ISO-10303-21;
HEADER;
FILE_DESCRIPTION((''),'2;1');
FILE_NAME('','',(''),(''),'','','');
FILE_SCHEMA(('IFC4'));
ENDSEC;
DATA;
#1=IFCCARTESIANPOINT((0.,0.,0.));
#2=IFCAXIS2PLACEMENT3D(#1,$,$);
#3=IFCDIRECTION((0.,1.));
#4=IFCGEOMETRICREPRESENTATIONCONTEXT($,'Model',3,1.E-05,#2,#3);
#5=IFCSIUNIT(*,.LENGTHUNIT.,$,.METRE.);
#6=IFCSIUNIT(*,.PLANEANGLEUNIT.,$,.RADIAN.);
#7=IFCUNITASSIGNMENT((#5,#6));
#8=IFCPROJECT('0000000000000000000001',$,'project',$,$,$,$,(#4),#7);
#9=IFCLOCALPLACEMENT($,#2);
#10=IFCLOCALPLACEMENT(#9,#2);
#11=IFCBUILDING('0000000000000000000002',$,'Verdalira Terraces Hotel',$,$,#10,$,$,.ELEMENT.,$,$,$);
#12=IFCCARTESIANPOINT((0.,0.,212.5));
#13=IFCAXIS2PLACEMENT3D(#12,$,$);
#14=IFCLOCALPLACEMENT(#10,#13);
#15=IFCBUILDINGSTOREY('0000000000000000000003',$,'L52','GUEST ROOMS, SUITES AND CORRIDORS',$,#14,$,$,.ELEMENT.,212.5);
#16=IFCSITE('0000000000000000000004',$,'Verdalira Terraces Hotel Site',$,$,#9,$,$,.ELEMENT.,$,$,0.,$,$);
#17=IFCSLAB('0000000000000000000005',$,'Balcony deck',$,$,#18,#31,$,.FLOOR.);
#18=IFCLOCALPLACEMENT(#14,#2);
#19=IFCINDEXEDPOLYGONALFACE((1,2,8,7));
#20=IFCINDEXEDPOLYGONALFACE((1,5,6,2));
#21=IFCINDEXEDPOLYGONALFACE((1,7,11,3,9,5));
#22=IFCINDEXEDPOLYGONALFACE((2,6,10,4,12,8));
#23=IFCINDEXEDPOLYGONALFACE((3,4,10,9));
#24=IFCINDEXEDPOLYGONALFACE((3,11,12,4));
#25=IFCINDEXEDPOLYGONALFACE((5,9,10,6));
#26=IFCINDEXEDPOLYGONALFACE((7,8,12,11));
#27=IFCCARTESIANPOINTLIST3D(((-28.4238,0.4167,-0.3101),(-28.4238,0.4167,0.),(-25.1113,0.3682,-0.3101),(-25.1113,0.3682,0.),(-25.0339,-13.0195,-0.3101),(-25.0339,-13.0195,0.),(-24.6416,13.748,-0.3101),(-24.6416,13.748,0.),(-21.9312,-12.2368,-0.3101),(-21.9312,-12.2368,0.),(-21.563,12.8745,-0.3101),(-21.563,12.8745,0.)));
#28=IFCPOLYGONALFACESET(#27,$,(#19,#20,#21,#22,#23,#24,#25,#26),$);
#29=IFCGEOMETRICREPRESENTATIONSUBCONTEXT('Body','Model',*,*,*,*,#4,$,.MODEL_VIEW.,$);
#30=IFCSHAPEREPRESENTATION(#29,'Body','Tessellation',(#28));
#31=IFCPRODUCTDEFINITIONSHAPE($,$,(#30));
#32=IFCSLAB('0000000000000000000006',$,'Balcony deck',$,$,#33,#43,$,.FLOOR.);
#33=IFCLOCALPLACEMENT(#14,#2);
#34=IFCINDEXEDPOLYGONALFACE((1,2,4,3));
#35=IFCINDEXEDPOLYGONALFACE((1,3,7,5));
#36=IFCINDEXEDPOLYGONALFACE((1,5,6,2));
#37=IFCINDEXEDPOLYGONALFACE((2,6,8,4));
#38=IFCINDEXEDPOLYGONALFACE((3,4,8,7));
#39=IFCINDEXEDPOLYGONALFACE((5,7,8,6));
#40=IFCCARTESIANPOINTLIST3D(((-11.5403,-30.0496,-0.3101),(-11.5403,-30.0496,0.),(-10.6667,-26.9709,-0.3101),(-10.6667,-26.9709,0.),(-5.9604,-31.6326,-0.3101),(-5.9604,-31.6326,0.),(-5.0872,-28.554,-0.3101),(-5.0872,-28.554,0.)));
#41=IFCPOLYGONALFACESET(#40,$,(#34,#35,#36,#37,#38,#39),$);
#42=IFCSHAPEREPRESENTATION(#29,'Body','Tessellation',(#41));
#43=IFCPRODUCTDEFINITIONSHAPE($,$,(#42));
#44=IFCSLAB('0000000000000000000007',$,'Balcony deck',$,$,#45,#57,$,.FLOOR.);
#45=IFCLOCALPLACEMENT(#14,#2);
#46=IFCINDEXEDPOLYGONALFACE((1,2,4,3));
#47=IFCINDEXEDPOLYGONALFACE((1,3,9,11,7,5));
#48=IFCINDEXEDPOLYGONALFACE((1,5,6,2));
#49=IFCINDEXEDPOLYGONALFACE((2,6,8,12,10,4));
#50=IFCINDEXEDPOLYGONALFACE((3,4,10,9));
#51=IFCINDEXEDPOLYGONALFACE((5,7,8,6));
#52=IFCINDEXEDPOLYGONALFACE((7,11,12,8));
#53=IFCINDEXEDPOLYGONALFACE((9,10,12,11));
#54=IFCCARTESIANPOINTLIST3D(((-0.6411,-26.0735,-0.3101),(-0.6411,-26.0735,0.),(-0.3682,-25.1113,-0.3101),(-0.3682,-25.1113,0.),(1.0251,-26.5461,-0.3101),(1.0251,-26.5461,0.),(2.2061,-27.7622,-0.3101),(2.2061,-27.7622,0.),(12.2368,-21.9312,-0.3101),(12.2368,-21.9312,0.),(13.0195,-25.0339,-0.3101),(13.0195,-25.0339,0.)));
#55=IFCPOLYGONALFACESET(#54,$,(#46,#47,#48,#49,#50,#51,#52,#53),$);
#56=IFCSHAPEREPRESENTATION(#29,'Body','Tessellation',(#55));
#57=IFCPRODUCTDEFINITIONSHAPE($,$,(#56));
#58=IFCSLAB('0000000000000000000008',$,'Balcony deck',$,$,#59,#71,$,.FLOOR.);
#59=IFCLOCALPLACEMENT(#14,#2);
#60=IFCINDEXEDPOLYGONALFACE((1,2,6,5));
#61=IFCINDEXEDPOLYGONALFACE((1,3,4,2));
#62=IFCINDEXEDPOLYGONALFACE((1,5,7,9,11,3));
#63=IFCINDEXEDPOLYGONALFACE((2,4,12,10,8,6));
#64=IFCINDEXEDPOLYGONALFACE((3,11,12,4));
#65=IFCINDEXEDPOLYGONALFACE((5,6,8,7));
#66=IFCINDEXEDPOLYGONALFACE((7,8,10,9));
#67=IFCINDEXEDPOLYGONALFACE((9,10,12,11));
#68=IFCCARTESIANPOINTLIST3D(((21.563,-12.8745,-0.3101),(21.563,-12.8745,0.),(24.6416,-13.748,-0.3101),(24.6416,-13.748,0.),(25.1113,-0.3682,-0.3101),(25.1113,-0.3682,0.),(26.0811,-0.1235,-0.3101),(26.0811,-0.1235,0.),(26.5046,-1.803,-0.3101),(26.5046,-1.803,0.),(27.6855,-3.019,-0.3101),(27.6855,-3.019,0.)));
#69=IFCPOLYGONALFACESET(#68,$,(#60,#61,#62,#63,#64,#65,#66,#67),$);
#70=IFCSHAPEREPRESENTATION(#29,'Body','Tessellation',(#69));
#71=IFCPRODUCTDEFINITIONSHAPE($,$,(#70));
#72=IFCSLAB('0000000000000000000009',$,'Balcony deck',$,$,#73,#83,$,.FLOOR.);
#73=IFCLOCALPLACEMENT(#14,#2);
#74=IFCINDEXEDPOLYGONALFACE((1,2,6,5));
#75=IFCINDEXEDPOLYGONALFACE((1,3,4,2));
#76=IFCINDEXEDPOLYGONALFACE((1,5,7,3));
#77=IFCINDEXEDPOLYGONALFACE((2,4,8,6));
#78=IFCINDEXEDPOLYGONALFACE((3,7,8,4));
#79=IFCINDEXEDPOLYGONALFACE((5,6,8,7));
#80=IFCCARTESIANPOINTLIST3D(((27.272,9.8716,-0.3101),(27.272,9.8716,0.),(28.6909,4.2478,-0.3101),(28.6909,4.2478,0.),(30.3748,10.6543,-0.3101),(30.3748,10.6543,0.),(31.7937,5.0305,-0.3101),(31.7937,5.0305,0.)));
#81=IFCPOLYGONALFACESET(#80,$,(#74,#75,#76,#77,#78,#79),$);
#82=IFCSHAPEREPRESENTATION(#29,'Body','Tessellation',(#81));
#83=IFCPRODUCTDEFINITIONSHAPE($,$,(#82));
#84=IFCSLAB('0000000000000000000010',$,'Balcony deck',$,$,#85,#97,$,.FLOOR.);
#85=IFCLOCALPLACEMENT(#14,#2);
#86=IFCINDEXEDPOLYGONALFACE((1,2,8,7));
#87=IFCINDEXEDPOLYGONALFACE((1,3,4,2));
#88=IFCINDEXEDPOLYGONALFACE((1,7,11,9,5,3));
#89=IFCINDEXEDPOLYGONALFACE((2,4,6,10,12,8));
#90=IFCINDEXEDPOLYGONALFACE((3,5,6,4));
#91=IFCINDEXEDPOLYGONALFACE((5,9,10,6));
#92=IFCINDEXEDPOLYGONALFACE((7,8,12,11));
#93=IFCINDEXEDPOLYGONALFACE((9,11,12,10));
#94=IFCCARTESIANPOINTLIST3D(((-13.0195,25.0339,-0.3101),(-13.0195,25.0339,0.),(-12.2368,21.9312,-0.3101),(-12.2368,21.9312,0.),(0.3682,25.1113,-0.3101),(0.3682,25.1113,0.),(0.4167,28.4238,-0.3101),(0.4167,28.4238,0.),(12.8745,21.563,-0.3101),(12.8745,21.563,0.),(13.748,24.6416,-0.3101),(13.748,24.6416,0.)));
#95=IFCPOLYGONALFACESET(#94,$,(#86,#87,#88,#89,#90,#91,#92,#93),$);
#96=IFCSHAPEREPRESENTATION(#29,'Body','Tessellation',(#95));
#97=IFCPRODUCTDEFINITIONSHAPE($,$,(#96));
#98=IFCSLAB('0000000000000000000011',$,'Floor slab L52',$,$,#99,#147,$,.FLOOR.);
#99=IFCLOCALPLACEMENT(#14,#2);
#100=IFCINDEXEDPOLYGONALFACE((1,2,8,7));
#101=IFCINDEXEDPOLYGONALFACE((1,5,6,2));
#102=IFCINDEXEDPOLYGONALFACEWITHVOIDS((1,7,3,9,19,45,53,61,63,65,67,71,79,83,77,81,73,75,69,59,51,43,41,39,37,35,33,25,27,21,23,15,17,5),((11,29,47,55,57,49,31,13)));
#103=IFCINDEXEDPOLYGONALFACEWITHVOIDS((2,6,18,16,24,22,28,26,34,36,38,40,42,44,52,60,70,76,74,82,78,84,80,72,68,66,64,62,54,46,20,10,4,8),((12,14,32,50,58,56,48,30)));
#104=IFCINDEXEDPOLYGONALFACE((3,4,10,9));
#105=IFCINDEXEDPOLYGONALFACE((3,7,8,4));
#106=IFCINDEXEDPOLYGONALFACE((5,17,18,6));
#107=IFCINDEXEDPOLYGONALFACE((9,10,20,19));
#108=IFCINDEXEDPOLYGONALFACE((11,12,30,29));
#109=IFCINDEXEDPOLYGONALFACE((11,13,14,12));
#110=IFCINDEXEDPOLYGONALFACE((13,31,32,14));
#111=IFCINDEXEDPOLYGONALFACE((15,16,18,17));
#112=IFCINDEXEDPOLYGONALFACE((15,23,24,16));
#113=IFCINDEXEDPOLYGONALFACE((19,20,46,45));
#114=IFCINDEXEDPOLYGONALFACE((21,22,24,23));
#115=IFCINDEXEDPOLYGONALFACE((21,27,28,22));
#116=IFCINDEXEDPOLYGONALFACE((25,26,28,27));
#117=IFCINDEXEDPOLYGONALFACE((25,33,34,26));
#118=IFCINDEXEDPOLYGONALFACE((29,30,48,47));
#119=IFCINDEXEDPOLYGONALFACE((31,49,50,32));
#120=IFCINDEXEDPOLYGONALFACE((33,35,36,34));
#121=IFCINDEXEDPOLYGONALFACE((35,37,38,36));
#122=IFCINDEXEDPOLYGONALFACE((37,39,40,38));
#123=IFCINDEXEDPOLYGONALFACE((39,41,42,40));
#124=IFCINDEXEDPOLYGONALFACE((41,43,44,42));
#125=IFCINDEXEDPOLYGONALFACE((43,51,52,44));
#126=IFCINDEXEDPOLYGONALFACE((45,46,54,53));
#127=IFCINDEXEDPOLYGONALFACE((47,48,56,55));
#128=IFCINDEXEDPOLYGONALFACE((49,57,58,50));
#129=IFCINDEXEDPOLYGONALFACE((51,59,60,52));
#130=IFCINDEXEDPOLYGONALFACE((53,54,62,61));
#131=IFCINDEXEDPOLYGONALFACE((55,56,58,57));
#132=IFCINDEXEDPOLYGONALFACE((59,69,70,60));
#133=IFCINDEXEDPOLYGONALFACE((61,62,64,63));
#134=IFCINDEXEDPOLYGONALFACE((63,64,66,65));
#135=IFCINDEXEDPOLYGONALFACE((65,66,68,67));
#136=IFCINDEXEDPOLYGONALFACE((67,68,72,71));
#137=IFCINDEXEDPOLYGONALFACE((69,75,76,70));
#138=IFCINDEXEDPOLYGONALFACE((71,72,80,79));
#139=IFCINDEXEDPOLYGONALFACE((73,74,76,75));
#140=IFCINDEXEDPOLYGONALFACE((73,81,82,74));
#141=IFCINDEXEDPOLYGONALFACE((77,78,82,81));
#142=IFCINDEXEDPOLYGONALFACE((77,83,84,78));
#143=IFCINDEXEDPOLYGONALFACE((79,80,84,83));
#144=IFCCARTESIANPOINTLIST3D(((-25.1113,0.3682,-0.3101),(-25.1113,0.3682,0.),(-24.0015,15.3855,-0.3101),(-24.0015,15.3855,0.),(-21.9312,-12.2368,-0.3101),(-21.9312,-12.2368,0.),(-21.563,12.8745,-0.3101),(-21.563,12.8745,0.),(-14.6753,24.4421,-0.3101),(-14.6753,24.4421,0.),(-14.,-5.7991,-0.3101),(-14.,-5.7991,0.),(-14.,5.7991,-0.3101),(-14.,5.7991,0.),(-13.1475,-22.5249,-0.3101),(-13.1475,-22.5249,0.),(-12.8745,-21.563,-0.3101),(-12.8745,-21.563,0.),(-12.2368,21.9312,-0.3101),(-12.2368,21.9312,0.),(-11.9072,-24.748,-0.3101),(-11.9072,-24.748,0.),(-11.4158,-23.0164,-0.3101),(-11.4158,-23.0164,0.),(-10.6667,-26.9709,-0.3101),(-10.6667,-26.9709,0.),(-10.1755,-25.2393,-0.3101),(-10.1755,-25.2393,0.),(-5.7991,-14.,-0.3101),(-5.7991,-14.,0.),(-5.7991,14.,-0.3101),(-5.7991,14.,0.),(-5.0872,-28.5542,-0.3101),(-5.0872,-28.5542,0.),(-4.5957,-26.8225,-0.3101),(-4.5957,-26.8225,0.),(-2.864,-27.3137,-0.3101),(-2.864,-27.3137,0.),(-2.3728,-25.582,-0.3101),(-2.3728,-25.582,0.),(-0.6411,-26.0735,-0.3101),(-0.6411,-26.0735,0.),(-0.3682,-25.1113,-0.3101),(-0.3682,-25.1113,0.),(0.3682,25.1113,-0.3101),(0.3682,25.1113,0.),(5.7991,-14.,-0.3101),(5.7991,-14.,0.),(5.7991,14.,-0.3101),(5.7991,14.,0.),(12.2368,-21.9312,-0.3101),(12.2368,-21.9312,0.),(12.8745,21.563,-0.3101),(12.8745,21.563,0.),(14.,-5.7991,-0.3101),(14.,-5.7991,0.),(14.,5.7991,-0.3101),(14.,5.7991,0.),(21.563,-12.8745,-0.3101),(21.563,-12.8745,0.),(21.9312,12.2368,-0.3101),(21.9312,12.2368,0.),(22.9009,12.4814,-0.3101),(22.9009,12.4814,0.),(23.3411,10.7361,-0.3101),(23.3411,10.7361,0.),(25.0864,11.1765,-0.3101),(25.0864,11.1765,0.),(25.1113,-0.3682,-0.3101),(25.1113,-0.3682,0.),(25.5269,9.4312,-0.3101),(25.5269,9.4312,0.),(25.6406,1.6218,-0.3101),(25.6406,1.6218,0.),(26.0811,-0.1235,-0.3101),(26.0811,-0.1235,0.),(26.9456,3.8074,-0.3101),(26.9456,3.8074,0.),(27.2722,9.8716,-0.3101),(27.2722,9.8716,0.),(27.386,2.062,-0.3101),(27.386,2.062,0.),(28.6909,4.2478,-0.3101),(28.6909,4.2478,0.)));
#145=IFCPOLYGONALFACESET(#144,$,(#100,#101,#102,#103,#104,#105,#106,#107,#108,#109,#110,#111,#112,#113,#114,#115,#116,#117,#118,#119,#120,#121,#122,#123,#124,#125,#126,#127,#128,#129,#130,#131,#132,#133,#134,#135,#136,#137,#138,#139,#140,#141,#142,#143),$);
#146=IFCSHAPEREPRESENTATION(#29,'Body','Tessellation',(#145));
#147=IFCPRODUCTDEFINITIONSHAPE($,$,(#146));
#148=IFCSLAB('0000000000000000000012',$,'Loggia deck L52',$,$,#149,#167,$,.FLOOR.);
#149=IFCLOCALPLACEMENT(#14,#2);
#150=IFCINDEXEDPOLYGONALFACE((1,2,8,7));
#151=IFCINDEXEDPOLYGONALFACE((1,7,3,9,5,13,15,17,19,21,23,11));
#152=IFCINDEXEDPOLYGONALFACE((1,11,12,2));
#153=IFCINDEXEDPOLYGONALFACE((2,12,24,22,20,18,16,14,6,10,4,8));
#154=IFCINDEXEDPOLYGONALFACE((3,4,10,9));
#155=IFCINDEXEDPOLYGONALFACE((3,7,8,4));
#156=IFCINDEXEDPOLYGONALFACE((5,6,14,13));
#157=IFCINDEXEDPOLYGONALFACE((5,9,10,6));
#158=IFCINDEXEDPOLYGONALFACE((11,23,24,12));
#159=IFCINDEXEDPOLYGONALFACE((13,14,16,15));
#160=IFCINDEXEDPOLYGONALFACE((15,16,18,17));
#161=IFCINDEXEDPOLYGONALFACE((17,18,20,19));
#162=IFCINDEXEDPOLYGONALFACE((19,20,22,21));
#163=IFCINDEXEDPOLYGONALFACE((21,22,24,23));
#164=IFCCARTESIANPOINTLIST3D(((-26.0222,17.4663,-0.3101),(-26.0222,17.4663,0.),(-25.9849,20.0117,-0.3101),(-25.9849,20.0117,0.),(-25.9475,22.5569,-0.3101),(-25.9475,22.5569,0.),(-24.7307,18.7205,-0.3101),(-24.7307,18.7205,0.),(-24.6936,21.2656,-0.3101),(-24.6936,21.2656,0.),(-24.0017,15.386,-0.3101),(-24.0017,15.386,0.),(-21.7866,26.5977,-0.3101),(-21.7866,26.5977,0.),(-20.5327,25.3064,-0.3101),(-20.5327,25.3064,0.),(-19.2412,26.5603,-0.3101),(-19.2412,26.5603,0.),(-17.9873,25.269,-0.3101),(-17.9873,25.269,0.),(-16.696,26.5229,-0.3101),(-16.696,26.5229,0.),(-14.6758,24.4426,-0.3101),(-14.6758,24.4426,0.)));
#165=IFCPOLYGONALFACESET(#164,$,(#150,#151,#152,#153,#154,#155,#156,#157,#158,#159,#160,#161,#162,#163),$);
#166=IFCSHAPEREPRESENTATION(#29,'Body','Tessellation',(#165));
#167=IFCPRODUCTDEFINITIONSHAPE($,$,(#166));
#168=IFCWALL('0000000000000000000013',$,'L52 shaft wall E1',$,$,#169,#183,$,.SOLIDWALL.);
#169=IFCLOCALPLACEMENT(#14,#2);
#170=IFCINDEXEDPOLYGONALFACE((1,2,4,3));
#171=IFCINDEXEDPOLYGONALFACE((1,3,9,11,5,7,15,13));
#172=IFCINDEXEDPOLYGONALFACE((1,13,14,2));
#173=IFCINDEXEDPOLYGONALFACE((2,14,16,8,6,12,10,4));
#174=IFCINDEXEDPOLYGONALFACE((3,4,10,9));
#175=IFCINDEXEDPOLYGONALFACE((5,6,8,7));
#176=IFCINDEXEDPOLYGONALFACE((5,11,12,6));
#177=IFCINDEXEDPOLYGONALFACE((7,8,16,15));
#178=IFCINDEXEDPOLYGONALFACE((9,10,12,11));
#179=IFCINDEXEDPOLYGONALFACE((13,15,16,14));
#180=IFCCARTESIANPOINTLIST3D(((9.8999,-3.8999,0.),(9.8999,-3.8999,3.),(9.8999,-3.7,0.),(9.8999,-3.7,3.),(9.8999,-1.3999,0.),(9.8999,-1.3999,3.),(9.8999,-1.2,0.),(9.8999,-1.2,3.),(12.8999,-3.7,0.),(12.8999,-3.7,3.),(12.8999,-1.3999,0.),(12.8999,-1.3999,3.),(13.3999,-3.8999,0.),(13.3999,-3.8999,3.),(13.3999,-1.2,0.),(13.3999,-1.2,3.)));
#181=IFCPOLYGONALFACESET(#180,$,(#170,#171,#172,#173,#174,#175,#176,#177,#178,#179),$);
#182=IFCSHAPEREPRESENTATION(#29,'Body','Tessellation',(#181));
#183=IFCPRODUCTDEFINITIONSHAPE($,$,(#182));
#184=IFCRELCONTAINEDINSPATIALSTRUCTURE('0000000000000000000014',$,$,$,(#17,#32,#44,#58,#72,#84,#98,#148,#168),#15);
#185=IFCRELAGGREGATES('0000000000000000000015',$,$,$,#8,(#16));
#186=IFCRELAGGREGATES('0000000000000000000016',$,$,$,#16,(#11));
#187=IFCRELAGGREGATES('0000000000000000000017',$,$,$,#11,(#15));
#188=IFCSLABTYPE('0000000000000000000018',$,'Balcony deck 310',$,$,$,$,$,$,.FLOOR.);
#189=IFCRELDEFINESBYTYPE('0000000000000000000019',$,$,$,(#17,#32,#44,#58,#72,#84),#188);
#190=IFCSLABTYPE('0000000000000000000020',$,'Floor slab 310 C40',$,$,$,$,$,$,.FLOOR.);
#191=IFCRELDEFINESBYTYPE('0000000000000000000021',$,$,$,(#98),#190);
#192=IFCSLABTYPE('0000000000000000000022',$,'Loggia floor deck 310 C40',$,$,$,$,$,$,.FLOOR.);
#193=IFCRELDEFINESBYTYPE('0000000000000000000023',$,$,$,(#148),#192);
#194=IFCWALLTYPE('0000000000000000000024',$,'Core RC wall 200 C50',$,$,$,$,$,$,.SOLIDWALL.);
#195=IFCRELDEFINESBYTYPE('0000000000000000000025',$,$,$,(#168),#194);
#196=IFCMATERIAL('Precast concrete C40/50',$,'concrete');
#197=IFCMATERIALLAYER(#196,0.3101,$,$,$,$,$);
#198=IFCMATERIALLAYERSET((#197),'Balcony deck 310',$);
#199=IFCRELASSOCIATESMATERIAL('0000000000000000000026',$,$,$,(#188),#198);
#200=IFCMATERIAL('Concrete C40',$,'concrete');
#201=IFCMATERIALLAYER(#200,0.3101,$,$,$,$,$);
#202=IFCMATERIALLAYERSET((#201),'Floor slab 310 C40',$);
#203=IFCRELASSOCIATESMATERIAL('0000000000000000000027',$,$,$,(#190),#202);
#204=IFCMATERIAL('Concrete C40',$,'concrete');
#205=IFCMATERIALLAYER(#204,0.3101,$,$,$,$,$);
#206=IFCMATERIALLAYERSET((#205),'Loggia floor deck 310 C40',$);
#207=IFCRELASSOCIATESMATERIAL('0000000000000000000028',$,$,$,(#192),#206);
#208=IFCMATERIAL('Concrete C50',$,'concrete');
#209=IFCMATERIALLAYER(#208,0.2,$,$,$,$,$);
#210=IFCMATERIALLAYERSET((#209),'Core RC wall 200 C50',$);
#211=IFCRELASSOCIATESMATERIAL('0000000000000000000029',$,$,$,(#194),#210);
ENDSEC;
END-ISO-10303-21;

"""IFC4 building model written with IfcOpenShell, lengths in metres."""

from ifc_helpers import new_model, si_unit, direction, frame, origin, place, context, subcontext, project, spatial, polyline, outline, extrude, material, layer, layer_set, type_object, element, save


model = new_model("IFC4")

# Units and contexts
model_context = context("Model", 3, precision=1e-05, world=origin(), true_north=direction((0.0, 1.0)))
body_context = subcontext(model_context, "Body", "Model", "MODEL_VIEW")
ifc_project = project(units=[si_unit("LENGTHUNIT", "METRE"), si_unit("PLANEANGLEUNIT", "RADIAN")], contexts=[model_context])

# Site, building, storey
site_placement = place(None, origin())
site = spatial("IfcSite", under=ifc_project, at=site_placement, Name="Verdalira Terraces Hotel Site", CompositionType="ELEMENT", RefElevation=0.0)
building_placement = place(site_placement, origin())
building = spatial("IfcBuilding", under=site, at=building_placement, Name="Verdalira Terraces Hotel", CompositionType="ELEMENT")
storey_placement = place(building_placement, frame((0.0, 0.0, 212.5)))
storey = spatial("IfcBuildingStorey", under=building, at=storey_placement, Name="L52", Description="GUEST ROOMS, SUITES AND CORRIDORS", CompositionType="ELEMENT", Elevation=212.5)

# Slabs
ifc_material_1 = material(Name="Precast concrete C40/50", Category="concrete")
ifc_layer_1 = layer(ifc_material_1, 0.3101)
ifc_layer_set_1 = layer_set([ifc_layer_1], Name="Balcony deck 310")
slab_type_1 = type_object("IfcSlabType", Name="Balcony deck 310", PredefinedType="FLOOR", material=ifc_layer_set_1)
slab_1_placement = place(storey_placement, frame((0.0, 0.0, -0.3101)))
element("IfcSlab", 1, at=slab_1_placement, inside=storey, type_object=slab_type_1, Name="Balcony deck", PredefinedType="FLOOR", context=body_context, shape_type="SweptSolid", body=[
    extrude(outline(polyline([(-28.4238, 0.4167), (-25.0339, -13.0195), (-21.9312, -12.2368), (-25.1113, 0.3682), (-21.563, 12.8745), (-24.6416, 13.748), (-28.4238, 0.4167)])), origin(), (0.0, 0.0, 1.0), 0.3101),
])
slab_2_placement = place(storey_placement, frame((0.0, 0.0, -0.3101)))
element("IfcSlab", 2, at=slab_2_placement, inside=storey, type_object=slab_type_1, Name="Balcony deck", PredefinedType="FLOOR", context=body_context, shape_type="SweptSolid", body=[
    extrude(outline(polyline([(-5.9604, -31.6326), (-5.0872, -28.554), (-10.6667, -26.9709), (-11.5403, -30.0496), (-5.9604, -31.6326)])), origin(), (0.0, 0.0, 1.0), 0.3101),
])
slab_3_placement = place(storey_placement, frame((0.0, 0.0, -0.3101)))
element("IfcSlab", 3, at=slab_3_placement, inside=storey, type_object=slab_type_1, Name="Balcony deck", PredefinedType="FLOOR", context=body_context, shape_type="SweptSolid", body=[
    extrude(outline(polyline([(13.0195, -25.0339), (12.2368, -21.9312), (-0.3682, -25.1113), (-0.6411, -26.0735), (1.0251, -26.5461), (2.2061, -27.7622), (13.0195, -25.0339)])), origin(), (0.0, 0.0, 1.0), 0.3101),
])
slab_4_placement = place(storey_placement, frame((0.0, 0.0, -0.3101)))
element("IfcSlab", 4, at=slab_4_placement, inside=storey, type_object=slab_type_1, Name="Balcony deck", PredefinedType="FLOOR", context=body_context, shape_type="SweptSolid", body=[
    extrude(outline(polyline([(26.5046, -1.803), (26.0811, -0.1235), (25.1113, -0.3682), (21.563, -12.8745), (24.6416, -13.748), (27.6855, -3.019), (26.5046, -1.803)])), origin(), (0.0, 0.0, 1.0), 0.3101),
])
slab_5_placement = place(storey_placement, frame((0.0, 0.0, -0.3101)))
element("IfcSlab", 5, at=slab_5_placement, inside=storey, type_object=slab_type_1, Name="Balcony deck", PredefinedType="FLOOR", context=body_context, shape_type="SweptSolid", body=[
    extrude(outline(polyline([(30.3748, 10.6543), (27.272, 9.8716), (28.6909, 4.2478), (31.7937, 5.0305), (30.3748, 10.6543)])), origin(), (0.0, 0.0, 1.0), 0.3101),
])
slab_6_placement = place(storey_placement, frame((0.0, 0.0, -0.3101)))
element("IfcSlab", 6, at=slab_6_placement, inside=storey, type_object=slab_type_1, Name="Balcony deck", PredefinedType="FLOOR", context=body_context, shape_type="SweptSolid", body=[
    extrude(outline(polyline([(-13.0195, 25.0339), (-12.2368, 21.9312), (0.3682, 25.1113), (12.8745, 21.563), (13.748, 24.6416), (0.4167, 28.4238), (-13.0195, 25.0339)])), origin(), (0.0, 0.0, 1.0), 0.3101),
])
ifc_material_2 = material(Name="Concrete C40", Category="concrete")
ifc_layer_2 = layer(ifc_material_2, 0.3101)
ifc_layer_set_2 = layer_set([ifc_layer_2], Name="Floor slab 310 C40")
slab_type_2 = type_object("IfcSlabType", Name="Floor slab 310 C40", PredefinedType="FLOOR", material=ifc_layer_set_2)
slab_7_placement = place(storey_placement, frame((0.0, 0.0, -0.3101)))
element("IfcSlab", 7, at=slab_7_placement, inside=storey, type_object=slab_type_2, Name="Floor slab L52", PredefinedType="FLOOR", context=body_context, shape_type="SweptSolid", body=[
    extrude(outline(polyline([(0.3682, 25.1113), (-12.2368, 21.9312), (-14.6753, 24.4421), (-24.0015, 15.3855), (-21.563, 12.8745), (-25.1113, 0.3682), (-21.9312, -12.2368), (-12.8745, -21.563), (-13.1475, -22.5249), (-11.4158, -23.0164), (-11.9072, -24.748), (-10.1755, -25.2393), (-10.6667, -26.9709), (-5.0872, -28.5542), (-4.5957, -26.8225), (-2.864, -27.3137), (-2.3728, -25.582), (-0.6411, -26.0735), (-0.3682, -25.1113), (12.2368, -21.9312), (21.563, -12.8745), (25.1113, -0.3682), (26.0811, -0.1235), (25.6406, 1.6218), (27.386, 2.062), (26.9456, 3.8074), (28.6909, 4.2478), (27.2722, 9.8716), (25.5269, 9.4312), (25.0864, 11.1765), (23.3411, 10.7361), (22.9009, 12.4814), (21.9312, 12.2368), (12.8745, 21.563), (0.3682, 25.1113)]), holes=[polyline([(5.7991, 14.0), (14.0, 5.7991), (14.0, -5.7991), (5.7991, -14.0), (-5.7991, -14.0), (-14.0, -5.7991), (-14.0, 5.7991), (-5.7991, 14.0), (5.7991, 14.0)])]), origin(), (0.0, 0.0, 1.0), 0.3101),
])
ifc_material_3 = material(Name="Concrete C40", Category="concrete")
ifc_layer_3 = layer(ifc_material_3, 0.3101)
ifc_layer_set_3 = layer_set([ifc_layer_3], Name="Loggia floor deck 310 C40")
slab_type_3 = type_object("IfcSlabType", Name="Loggia floor deck 310 C40", PredefinedType="FLOOR", material=ifc_layer_set_3)
slab_8_placement = place(storey_placement, frame((0.0, 0.0, -0.3101)))
element("IfcSlab", 8, at=slab_8_placement, inside=storey, type_object=slab_type_3, Name="Loggia deck L52", PredefinedType="FLOOR", context=body_context, shape_type="SweptSolid", body=[
    extrude(outline(polyline([(-26.0222, 17.4663), (-24.0017, 15.386), (-14.6758, 24.4426), (-16.696, 26.5229), (-17.9873, 25.269), (-19.2412, 26.5603), (-20.5327, 25.3064), (-21.7866, 26.5977), (-25.9475, 22.5569), (-24.6936, 21.2656), (-25.9849, 20.0117), (-24.7307, 18.7205), (-26.0222, 17.4663)])), origin(), (0.0, 0.0, 1.0), 0.3101),
])

# Wall
ifc_material_4 = material(Name="Concrete C50", Category="concrete")
ifc_layer_4 = layer(ifc_material_4, 0.2)
ifc_layer_set_4 = layer_set([ifc_layer_4], Name="Core RC wall 200 C50")
wall_type_1 = type_object("IfcWallType", Name="Core RC wall 200 C50", PredefinedType="SOLIDWALL", material=ifc_layer_set_4)
wall_1_placement = place(storey_placement, origin())
element("IfcWall", 9, at=wall_1_placement, inside=storey, type_object=wall_type_1, Name="L52 shaft wall E1", PredefinedType="SOLIDWALL", context=body_context, shape_type="SweptSolid", body=[
    extrude(outline(polyline([(13.3999, -3.8999), (9.8999, -3.8999), (9.8999, -3.7), (12.8999, -3.7), (12.8999, -1.3999), (9.8999, -1.3999), (9.8999, -1.2), (13.3999, -1.2), (13.3999, -3.8999)])), origin(), (0.0, 0.0, 1.0), 3.0),
])

save(model, "model.ifc")
